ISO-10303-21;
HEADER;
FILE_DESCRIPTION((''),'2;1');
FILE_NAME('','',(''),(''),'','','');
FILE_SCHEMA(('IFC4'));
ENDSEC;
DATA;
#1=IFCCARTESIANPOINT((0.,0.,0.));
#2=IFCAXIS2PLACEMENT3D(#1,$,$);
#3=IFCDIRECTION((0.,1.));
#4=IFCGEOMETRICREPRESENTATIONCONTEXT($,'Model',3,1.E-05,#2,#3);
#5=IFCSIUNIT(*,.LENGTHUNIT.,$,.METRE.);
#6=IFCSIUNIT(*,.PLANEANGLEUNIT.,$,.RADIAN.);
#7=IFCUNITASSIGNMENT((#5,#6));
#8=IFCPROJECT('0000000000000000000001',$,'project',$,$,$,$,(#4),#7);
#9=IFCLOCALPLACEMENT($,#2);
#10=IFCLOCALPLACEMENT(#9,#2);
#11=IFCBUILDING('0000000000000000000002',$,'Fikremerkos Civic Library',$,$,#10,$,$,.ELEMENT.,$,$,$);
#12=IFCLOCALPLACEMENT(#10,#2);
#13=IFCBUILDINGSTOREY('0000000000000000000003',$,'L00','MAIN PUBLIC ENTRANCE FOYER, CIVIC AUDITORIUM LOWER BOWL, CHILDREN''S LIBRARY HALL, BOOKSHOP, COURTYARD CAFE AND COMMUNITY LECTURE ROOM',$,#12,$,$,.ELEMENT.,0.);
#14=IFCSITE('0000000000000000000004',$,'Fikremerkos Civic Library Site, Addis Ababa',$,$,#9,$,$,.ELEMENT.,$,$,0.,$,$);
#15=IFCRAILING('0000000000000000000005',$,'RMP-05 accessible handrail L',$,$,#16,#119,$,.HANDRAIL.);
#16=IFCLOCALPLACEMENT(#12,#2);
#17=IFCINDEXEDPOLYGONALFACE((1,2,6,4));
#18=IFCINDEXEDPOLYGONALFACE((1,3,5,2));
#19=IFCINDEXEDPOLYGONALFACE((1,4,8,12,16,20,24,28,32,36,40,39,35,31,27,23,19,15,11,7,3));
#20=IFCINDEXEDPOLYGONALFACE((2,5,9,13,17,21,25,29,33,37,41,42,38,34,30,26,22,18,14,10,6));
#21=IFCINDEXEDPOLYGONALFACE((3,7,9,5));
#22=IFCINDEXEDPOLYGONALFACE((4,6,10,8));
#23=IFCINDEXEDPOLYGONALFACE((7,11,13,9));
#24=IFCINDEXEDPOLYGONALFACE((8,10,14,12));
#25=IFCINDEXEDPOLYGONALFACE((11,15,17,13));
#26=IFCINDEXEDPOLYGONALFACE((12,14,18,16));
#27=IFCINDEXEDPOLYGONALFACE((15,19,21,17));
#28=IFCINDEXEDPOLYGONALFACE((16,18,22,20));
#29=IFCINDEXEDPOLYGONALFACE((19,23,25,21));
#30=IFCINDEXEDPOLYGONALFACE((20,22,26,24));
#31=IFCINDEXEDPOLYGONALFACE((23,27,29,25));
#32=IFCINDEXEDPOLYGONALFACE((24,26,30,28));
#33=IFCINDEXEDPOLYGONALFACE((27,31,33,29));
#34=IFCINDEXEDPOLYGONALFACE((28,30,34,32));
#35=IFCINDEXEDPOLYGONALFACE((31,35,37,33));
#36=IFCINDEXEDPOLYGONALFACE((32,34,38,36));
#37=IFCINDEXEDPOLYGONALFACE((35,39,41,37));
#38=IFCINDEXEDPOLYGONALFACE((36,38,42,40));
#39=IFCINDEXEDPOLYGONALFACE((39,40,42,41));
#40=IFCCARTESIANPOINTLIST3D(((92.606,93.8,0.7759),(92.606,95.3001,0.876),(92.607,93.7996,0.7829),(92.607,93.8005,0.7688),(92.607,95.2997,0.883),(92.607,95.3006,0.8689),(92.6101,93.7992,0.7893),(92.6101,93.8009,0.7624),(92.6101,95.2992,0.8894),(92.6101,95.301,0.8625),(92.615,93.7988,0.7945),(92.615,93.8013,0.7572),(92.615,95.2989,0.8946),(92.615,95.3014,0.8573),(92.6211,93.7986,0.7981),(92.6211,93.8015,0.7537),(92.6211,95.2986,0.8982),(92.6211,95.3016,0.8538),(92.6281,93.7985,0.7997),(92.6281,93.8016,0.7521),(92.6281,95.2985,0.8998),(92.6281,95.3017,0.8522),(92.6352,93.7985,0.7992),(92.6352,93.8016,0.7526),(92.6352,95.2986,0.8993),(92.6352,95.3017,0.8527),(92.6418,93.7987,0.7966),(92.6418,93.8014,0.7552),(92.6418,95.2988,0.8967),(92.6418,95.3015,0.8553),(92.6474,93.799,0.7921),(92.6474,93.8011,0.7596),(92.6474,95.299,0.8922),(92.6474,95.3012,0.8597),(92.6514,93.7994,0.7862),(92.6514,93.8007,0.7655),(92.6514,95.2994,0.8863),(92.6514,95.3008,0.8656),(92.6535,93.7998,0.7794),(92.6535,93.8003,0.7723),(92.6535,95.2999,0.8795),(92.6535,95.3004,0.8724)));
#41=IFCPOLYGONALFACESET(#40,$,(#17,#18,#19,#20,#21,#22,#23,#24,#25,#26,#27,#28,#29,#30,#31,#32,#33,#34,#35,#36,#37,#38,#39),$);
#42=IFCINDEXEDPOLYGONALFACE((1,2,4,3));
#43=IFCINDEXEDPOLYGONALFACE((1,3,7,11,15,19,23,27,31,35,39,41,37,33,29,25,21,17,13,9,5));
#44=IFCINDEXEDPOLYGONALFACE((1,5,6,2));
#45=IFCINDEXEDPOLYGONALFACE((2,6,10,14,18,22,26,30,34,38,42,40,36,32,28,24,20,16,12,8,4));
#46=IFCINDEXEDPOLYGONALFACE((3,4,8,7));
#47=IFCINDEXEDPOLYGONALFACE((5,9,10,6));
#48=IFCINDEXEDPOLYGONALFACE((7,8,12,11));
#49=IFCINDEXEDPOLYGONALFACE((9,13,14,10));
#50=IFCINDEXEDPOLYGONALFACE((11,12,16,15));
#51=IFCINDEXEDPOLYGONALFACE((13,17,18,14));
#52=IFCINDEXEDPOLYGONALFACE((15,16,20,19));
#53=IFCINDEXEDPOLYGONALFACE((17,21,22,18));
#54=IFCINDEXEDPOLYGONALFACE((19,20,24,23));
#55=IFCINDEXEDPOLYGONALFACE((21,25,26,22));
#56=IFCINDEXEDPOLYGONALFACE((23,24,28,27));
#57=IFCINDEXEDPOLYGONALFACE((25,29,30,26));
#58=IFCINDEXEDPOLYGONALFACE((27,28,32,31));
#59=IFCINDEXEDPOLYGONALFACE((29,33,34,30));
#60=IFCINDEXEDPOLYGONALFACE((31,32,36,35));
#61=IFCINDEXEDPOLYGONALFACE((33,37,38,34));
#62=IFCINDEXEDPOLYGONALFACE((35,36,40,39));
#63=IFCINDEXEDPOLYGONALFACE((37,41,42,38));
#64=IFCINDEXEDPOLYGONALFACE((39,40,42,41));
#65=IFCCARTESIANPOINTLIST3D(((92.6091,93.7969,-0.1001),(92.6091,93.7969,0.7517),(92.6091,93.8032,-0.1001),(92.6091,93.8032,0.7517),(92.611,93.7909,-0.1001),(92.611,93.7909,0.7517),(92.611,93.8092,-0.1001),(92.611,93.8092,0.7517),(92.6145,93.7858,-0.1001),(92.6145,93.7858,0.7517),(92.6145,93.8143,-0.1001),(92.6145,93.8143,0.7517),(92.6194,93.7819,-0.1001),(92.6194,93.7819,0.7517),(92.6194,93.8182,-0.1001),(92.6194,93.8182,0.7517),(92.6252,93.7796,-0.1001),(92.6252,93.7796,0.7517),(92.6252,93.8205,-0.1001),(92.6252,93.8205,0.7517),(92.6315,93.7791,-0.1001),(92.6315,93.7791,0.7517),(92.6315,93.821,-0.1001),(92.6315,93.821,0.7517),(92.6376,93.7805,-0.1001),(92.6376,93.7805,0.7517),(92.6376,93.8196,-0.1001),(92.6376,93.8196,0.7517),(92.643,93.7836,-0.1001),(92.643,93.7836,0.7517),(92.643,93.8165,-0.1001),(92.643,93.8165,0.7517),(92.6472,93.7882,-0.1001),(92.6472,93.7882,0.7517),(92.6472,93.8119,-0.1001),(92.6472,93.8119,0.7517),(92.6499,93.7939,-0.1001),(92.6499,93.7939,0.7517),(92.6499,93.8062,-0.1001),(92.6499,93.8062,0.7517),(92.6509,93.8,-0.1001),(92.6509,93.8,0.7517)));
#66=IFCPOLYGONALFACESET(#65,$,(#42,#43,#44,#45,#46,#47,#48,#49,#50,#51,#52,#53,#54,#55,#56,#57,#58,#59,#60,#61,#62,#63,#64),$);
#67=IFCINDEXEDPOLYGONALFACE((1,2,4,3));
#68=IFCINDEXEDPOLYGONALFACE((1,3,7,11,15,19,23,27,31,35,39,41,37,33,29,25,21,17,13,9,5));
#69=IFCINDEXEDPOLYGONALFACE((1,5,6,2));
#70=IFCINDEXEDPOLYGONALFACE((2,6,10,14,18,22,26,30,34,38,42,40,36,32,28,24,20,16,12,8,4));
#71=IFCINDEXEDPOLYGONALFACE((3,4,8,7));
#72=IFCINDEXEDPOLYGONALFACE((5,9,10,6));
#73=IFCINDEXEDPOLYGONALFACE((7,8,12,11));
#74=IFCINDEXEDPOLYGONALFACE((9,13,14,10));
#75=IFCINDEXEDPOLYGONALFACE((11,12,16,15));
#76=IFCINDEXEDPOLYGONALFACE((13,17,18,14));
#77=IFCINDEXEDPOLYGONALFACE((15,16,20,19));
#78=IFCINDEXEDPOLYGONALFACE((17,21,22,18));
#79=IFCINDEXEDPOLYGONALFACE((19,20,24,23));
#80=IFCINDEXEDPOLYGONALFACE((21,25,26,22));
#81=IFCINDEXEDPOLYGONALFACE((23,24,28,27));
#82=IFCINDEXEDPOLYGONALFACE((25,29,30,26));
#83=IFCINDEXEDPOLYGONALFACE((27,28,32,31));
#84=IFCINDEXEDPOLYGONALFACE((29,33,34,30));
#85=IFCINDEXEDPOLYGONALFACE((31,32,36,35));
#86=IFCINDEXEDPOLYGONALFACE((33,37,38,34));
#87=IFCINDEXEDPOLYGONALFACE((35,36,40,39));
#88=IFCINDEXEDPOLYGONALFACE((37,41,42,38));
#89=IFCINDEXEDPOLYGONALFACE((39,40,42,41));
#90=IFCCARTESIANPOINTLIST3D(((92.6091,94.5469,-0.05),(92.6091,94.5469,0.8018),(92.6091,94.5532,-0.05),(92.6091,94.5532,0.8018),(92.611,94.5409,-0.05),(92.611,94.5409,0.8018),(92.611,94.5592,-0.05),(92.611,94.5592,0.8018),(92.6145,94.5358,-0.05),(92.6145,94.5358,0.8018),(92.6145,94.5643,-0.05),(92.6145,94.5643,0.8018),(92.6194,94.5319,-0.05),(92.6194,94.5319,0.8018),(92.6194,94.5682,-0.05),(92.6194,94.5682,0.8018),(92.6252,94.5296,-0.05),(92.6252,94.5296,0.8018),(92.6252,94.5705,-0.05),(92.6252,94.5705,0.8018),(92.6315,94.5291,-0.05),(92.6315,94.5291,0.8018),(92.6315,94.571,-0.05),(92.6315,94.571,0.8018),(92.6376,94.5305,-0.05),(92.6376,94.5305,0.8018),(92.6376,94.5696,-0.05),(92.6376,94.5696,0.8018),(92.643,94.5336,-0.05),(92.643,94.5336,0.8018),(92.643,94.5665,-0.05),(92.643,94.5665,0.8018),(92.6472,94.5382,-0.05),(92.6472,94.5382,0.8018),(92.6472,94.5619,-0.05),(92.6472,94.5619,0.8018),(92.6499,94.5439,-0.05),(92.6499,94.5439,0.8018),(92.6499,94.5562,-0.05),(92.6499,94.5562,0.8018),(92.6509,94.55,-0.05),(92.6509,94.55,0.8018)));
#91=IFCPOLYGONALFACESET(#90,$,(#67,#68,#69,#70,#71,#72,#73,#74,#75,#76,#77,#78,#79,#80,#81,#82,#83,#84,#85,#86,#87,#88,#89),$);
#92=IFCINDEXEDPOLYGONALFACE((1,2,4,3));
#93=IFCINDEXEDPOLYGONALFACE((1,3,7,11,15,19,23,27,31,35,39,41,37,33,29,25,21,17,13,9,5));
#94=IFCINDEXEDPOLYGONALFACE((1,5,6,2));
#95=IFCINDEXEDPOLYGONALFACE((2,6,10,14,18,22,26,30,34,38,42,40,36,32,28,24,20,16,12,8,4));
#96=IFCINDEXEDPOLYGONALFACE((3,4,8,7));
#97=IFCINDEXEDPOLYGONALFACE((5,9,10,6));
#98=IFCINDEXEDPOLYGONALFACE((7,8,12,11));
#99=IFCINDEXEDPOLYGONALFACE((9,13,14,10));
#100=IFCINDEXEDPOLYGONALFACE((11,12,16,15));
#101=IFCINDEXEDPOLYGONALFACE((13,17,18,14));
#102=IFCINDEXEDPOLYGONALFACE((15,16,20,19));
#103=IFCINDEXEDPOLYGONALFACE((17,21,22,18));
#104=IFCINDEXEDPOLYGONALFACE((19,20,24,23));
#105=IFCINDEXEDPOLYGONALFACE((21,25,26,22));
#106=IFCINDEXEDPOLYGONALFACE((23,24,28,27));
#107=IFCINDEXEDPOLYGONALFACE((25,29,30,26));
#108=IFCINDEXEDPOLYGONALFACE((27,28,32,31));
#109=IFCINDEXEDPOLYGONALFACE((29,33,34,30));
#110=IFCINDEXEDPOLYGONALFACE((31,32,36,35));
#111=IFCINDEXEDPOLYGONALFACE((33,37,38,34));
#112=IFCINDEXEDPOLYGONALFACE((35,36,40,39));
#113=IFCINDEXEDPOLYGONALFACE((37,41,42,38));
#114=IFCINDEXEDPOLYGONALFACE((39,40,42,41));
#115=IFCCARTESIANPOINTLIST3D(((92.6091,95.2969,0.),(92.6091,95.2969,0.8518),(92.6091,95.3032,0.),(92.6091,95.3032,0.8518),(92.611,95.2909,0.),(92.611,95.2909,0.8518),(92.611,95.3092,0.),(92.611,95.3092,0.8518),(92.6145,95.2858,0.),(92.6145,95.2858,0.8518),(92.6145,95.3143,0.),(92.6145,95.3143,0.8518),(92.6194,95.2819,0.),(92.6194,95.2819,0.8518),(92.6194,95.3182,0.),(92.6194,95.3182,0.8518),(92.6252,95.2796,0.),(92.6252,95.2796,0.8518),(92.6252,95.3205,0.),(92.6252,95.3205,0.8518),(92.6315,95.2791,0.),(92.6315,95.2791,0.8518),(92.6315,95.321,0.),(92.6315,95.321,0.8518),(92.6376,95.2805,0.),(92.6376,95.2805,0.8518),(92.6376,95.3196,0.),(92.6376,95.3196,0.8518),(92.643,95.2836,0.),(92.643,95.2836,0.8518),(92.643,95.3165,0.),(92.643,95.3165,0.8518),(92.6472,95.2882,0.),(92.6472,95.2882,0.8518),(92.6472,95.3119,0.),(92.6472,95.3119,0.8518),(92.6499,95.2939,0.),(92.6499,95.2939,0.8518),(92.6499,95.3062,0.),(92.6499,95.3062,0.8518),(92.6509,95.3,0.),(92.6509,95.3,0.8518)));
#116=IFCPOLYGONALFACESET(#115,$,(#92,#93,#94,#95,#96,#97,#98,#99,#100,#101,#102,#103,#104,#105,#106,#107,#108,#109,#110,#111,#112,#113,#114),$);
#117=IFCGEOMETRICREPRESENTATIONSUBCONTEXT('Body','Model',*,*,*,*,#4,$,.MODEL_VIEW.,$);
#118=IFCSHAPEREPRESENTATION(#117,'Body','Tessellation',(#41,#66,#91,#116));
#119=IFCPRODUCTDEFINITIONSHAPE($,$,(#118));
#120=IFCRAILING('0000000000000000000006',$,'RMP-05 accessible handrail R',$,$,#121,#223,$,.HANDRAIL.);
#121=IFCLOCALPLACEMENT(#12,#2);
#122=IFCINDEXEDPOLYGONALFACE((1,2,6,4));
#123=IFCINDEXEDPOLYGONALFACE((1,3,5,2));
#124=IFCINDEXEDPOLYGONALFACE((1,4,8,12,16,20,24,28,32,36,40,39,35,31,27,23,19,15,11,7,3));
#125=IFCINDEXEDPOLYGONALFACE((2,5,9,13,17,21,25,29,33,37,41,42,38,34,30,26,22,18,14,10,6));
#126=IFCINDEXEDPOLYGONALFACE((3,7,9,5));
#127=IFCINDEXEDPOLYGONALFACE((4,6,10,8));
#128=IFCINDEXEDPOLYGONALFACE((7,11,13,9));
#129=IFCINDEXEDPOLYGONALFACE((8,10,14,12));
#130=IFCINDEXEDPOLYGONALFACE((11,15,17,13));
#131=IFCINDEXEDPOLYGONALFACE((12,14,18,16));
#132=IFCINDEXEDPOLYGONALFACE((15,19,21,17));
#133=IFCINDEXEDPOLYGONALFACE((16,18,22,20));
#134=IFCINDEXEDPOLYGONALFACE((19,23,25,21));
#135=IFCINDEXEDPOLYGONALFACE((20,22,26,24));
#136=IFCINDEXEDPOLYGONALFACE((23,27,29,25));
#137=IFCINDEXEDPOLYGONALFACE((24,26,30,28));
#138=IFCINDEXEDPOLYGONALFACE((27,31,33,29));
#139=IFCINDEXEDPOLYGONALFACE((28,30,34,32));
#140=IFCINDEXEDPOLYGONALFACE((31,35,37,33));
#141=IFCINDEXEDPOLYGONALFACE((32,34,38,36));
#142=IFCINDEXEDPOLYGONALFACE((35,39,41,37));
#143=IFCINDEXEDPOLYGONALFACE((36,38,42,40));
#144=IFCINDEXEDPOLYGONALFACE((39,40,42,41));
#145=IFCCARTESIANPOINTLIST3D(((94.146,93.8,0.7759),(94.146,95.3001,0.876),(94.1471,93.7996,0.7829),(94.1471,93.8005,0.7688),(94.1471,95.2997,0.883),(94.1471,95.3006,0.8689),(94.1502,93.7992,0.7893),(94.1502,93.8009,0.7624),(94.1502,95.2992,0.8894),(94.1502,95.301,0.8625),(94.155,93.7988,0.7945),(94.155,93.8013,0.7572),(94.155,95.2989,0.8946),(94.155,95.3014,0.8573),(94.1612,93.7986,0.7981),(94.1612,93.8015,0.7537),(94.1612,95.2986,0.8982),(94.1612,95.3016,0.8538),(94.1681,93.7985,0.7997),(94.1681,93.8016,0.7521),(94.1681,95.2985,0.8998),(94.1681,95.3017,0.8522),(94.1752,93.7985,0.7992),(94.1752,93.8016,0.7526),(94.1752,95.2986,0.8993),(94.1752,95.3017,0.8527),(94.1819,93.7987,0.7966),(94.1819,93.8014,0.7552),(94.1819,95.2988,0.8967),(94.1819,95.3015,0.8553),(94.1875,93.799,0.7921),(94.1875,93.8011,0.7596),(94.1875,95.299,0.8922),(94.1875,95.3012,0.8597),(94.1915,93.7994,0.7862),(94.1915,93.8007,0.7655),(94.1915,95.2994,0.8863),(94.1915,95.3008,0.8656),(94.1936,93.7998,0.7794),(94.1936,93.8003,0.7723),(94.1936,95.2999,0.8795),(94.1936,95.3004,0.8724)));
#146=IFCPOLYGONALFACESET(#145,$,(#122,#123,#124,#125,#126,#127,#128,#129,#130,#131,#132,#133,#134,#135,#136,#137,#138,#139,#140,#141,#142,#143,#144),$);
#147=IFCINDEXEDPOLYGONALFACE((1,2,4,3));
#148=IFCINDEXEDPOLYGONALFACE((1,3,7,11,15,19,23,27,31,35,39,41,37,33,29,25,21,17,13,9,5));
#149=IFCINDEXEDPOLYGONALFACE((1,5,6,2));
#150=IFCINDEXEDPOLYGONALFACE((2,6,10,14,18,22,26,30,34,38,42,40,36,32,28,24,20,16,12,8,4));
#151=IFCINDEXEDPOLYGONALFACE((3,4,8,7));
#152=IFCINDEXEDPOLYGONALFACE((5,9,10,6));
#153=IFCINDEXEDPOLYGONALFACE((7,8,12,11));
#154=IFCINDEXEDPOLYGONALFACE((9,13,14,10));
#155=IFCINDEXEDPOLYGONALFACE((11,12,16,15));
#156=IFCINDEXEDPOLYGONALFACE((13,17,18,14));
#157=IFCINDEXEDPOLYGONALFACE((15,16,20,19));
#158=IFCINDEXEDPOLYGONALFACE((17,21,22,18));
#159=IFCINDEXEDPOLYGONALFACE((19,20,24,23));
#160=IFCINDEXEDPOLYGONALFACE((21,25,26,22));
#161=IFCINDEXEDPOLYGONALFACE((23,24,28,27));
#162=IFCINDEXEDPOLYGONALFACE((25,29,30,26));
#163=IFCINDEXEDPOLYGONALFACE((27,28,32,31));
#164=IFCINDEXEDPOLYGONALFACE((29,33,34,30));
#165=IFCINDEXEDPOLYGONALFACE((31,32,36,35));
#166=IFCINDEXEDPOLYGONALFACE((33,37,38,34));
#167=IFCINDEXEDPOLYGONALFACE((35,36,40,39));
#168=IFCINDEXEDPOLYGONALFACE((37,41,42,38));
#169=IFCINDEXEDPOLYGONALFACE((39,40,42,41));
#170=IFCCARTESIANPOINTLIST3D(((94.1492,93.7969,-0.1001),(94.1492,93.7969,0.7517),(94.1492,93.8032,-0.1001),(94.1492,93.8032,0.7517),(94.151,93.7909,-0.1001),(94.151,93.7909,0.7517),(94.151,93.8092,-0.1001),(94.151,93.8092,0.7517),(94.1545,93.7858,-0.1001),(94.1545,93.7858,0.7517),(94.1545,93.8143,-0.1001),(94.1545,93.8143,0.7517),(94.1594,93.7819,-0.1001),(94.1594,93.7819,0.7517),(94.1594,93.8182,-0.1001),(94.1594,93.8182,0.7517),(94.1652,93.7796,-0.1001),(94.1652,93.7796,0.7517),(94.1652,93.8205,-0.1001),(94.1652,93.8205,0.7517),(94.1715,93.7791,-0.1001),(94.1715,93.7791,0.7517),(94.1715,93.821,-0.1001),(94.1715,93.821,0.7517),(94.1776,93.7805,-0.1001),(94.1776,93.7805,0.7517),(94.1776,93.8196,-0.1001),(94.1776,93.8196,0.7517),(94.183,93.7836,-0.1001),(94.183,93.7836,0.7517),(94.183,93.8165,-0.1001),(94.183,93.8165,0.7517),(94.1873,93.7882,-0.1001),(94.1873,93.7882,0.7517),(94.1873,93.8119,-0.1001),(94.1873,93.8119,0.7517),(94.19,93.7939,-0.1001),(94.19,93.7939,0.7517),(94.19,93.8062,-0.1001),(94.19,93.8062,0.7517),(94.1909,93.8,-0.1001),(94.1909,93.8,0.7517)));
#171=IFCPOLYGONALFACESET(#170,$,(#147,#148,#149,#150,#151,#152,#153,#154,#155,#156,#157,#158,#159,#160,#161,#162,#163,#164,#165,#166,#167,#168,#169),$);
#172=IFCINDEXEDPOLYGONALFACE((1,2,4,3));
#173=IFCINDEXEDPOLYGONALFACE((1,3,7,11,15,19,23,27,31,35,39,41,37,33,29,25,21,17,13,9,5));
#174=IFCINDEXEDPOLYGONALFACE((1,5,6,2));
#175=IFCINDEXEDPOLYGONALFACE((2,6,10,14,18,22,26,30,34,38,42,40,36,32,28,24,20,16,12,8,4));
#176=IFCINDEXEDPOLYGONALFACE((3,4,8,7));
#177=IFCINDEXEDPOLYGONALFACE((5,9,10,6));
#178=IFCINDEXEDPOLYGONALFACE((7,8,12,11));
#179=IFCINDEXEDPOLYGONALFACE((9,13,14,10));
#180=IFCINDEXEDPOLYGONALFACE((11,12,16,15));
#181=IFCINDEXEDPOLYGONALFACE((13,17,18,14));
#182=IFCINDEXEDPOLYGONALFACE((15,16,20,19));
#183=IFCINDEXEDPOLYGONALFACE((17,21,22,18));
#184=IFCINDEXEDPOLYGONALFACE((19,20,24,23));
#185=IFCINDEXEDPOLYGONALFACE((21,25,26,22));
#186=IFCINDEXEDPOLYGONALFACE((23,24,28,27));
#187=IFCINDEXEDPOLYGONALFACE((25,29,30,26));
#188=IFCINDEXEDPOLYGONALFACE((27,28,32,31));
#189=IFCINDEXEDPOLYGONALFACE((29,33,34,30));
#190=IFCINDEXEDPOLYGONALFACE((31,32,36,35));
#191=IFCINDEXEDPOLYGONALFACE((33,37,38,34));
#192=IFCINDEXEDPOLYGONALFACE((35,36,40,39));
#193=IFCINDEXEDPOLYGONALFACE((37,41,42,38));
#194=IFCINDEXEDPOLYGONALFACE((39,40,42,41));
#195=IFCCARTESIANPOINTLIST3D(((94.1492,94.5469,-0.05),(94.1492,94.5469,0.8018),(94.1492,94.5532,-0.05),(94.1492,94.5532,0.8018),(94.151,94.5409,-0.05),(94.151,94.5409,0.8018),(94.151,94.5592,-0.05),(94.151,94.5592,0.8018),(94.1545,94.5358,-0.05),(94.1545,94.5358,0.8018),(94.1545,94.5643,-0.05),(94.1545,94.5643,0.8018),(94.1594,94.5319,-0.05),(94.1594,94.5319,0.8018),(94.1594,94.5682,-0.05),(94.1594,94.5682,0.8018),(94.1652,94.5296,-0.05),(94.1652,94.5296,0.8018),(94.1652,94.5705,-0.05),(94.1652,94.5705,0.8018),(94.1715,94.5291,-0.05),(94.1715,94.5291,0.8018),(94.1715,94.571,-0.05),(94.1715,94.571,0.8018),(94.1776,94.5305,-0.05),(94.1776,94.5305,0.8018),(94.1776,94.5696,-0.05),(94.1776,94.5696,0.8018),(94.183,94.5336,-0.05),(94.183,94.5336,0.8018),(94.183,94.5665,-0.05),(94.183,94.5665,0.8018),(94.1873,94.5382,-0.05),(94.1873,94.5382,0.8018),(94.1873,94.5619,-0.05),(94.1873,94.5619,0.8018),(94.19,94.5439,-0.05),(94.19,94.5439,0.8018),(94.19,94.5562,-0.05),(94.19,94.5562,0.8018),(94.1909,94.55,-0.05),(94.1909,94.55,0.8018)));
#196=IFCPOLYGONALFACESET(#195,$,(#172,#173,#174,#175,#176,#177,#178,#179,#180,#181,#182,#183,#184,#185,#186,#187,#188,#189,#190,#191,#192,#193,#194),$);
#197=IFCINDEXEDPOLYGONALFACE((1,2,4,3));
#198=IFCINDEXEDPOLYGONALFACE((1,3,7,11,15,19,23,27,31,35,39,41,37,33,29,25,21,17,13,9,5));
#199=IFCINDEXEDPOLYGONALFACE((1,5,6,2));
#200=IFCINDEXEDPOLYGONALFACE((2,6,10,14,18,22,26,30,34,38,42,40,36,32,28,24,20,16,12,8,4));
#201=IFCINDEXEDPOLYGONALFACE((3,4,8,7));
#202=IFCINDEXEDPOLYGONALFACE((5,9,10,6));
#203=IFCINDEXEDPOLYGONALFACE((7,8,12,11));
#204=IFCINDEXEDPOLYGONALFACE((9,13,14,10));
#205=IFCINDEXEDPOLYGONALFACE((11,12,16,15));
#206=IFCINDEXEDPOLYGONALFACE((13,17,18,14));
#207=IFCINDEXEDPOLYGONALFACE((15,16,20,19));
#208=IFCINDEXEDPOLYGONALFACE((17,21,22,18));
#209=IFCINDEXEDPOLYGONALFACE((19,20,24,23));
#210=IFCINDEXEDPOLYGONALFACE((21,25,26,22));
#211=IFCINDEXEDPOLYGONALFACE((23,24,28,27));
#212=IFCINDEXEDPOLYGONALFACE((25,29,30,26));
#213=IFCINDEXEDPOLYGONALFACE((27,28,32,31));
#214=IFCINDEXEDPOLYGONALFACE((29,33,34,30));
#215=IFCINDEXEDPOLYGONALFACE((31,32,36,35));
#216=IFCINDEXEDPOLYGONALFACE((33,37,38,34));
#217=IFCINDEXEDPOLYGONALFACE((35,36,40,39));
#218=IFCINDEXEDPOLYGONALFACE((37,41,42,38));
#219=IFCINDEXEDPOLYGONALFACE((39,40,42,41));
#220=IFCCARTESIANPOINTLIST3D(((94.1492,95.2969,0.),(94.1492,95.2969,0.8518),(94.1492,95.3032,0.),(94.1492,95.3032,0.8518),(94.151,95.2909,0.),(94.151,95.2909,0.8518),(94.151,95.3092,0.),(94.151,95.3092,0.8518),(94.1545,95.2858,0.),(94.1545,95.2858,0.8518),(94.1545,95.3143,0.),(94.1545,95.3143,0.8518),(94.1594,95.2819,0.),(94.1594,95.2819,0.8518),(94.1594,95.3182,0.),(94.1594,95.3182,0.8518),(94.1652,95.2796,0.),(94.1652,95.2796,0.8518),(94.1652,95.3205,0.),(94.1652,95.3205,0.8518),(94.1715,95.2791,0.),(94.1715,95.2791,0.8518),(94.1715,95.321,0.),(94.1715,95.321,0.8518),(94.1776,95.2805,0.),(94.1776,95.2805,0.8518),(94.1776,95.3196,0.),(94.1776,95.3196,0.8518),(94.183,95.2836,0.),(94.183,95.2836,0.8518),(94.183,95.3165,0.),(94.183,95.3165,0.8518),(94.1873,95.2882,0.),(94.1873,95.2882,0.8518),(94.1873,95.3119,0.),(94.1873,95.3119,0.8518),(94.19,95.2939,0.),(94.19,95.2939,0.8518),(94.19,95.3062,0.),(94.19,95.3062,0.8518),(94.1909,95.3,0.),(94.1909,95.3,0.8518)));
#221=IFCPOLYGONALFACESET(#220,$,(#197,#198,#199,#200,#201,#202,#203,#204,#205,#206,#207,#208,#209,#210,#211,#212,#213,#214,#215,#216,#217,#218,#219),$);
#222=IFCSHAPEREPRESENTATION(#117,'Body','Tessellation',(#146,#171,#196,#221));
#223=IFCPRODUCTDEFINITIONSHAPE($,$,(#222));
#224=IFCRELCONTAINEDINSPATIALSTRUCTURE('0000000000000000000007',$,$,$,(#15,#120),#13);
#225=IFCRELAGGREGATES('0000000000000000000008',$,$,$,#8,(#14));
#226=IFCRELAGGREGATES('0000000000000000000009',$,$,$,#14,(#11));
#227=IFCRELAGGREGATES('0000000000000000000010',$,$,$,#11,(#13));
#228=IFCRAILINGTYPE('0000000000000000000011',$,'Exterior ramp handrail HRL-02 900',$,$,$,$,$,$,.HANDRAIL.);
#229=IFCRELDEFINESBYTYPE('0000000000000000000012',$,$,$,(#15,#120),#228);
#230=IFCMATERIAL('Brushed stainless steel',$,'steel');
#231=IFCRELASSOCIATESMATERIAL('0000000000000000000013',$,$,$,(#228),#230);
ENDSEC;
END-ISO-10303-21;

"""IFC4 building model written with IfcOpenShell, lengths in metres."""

from ifc_helpers import new_model, si_unit, direction, frame, origin, origin_2d, place, context, subcontext, project, spatial, circle, extrude, material, type_object, element, save


model = new_model("IFC4")

# Units and contexts
model_context = context("Model", 3, precision=1e-05, world=origin(), true_north=direction((0.0, 1.0)))
body_context = subcontext(model_context, "Body", "Model", "MODEL_VIEW")
ifc_project = project(units=[si_unit("LENGTHUNIT", "METRE"), si_unit("PLANEANGLEUNIT", "RADIAN")], contexts=[model_context])

# Site, building, storey
site_placement = place(None, origin())
site = spatial("IfcSite", under=ifc_project, at=site_placement, Name="Fikremerkos Civic Library Site, Addis Ababa", CompositionType="ELEMENT", RefElevation=0.0)
building_placement = place(site_placement, origin())
building = spatial("IfcBuilding", under=site, at=building_placement, Name="Fikremerkos Civic Library", CompositionType="ELEMENT")
storey_placement = place(building_placement, origin())
storey = spatial("IfcBuildingStorey", under=building, at=storey_placement, Name="L00", Description="MAIN PUBLIC ENTRANCE FOYER, CIVIC AUDITORIUM LOWER BOWL, CHILDREN'S LIBRARY HALL, BOOKSHOP, COURTYARD CAFE AND COMMUNITY LECTURE ROOM", CompositionType="ELEMENT", Elevation=0.0)

# Railings
ifc_material_1 = material(Name="Brushed stainless steel", Category="steel")
railing_type = type_object("IfcRailingType", Name="Exterior ramp handrail HRL-02 900", PredefinedType="HANDRAIL", material=ifc_material_1)
for number, where, name in (
    (1, (92.6299, 93.8, -0.1001), "RMP-05 accessible handrail L"),
    (2, (94.1699, 93.8, -0.1001), "RMP-05 accessible handrail R"),
):
    element("IfcRailing", number, at=place(storey_placement, frame(where)), inside=storey, type_object=railing_type, Name=name, PredefinedType="HANDRAIL", context=body_context, shape_type="SweptSolid", body=[
        extrude(circle(Radius=0.0239, at=origin_2d()), frame((0.0, 0.0, 0.876), z_axis=(0.0, 0.997781, 0.066584), x_axis=(-1.0, 0.0, 0.0)), (0.0, 0.0, 1.0), 1.5034),
        extrude(circle(Radius=0.021, at=origin_2d()), origin(), (0.0, 0.0, 1.0), 0.8518),
        extrude(circle(Radius=0.021, at=origin_2d()), frame((0.0, 0.75, 0.05)), (0.0, 0.0, 1.0), 0.8518),
        extrude(circle(Radius=0.021, at=origin_2d()), frame((0.0, 1.5, 0.1001)), (0.0, 0.0, 1.0), 0.8518),
    ])

save(model, "model.ifc")
